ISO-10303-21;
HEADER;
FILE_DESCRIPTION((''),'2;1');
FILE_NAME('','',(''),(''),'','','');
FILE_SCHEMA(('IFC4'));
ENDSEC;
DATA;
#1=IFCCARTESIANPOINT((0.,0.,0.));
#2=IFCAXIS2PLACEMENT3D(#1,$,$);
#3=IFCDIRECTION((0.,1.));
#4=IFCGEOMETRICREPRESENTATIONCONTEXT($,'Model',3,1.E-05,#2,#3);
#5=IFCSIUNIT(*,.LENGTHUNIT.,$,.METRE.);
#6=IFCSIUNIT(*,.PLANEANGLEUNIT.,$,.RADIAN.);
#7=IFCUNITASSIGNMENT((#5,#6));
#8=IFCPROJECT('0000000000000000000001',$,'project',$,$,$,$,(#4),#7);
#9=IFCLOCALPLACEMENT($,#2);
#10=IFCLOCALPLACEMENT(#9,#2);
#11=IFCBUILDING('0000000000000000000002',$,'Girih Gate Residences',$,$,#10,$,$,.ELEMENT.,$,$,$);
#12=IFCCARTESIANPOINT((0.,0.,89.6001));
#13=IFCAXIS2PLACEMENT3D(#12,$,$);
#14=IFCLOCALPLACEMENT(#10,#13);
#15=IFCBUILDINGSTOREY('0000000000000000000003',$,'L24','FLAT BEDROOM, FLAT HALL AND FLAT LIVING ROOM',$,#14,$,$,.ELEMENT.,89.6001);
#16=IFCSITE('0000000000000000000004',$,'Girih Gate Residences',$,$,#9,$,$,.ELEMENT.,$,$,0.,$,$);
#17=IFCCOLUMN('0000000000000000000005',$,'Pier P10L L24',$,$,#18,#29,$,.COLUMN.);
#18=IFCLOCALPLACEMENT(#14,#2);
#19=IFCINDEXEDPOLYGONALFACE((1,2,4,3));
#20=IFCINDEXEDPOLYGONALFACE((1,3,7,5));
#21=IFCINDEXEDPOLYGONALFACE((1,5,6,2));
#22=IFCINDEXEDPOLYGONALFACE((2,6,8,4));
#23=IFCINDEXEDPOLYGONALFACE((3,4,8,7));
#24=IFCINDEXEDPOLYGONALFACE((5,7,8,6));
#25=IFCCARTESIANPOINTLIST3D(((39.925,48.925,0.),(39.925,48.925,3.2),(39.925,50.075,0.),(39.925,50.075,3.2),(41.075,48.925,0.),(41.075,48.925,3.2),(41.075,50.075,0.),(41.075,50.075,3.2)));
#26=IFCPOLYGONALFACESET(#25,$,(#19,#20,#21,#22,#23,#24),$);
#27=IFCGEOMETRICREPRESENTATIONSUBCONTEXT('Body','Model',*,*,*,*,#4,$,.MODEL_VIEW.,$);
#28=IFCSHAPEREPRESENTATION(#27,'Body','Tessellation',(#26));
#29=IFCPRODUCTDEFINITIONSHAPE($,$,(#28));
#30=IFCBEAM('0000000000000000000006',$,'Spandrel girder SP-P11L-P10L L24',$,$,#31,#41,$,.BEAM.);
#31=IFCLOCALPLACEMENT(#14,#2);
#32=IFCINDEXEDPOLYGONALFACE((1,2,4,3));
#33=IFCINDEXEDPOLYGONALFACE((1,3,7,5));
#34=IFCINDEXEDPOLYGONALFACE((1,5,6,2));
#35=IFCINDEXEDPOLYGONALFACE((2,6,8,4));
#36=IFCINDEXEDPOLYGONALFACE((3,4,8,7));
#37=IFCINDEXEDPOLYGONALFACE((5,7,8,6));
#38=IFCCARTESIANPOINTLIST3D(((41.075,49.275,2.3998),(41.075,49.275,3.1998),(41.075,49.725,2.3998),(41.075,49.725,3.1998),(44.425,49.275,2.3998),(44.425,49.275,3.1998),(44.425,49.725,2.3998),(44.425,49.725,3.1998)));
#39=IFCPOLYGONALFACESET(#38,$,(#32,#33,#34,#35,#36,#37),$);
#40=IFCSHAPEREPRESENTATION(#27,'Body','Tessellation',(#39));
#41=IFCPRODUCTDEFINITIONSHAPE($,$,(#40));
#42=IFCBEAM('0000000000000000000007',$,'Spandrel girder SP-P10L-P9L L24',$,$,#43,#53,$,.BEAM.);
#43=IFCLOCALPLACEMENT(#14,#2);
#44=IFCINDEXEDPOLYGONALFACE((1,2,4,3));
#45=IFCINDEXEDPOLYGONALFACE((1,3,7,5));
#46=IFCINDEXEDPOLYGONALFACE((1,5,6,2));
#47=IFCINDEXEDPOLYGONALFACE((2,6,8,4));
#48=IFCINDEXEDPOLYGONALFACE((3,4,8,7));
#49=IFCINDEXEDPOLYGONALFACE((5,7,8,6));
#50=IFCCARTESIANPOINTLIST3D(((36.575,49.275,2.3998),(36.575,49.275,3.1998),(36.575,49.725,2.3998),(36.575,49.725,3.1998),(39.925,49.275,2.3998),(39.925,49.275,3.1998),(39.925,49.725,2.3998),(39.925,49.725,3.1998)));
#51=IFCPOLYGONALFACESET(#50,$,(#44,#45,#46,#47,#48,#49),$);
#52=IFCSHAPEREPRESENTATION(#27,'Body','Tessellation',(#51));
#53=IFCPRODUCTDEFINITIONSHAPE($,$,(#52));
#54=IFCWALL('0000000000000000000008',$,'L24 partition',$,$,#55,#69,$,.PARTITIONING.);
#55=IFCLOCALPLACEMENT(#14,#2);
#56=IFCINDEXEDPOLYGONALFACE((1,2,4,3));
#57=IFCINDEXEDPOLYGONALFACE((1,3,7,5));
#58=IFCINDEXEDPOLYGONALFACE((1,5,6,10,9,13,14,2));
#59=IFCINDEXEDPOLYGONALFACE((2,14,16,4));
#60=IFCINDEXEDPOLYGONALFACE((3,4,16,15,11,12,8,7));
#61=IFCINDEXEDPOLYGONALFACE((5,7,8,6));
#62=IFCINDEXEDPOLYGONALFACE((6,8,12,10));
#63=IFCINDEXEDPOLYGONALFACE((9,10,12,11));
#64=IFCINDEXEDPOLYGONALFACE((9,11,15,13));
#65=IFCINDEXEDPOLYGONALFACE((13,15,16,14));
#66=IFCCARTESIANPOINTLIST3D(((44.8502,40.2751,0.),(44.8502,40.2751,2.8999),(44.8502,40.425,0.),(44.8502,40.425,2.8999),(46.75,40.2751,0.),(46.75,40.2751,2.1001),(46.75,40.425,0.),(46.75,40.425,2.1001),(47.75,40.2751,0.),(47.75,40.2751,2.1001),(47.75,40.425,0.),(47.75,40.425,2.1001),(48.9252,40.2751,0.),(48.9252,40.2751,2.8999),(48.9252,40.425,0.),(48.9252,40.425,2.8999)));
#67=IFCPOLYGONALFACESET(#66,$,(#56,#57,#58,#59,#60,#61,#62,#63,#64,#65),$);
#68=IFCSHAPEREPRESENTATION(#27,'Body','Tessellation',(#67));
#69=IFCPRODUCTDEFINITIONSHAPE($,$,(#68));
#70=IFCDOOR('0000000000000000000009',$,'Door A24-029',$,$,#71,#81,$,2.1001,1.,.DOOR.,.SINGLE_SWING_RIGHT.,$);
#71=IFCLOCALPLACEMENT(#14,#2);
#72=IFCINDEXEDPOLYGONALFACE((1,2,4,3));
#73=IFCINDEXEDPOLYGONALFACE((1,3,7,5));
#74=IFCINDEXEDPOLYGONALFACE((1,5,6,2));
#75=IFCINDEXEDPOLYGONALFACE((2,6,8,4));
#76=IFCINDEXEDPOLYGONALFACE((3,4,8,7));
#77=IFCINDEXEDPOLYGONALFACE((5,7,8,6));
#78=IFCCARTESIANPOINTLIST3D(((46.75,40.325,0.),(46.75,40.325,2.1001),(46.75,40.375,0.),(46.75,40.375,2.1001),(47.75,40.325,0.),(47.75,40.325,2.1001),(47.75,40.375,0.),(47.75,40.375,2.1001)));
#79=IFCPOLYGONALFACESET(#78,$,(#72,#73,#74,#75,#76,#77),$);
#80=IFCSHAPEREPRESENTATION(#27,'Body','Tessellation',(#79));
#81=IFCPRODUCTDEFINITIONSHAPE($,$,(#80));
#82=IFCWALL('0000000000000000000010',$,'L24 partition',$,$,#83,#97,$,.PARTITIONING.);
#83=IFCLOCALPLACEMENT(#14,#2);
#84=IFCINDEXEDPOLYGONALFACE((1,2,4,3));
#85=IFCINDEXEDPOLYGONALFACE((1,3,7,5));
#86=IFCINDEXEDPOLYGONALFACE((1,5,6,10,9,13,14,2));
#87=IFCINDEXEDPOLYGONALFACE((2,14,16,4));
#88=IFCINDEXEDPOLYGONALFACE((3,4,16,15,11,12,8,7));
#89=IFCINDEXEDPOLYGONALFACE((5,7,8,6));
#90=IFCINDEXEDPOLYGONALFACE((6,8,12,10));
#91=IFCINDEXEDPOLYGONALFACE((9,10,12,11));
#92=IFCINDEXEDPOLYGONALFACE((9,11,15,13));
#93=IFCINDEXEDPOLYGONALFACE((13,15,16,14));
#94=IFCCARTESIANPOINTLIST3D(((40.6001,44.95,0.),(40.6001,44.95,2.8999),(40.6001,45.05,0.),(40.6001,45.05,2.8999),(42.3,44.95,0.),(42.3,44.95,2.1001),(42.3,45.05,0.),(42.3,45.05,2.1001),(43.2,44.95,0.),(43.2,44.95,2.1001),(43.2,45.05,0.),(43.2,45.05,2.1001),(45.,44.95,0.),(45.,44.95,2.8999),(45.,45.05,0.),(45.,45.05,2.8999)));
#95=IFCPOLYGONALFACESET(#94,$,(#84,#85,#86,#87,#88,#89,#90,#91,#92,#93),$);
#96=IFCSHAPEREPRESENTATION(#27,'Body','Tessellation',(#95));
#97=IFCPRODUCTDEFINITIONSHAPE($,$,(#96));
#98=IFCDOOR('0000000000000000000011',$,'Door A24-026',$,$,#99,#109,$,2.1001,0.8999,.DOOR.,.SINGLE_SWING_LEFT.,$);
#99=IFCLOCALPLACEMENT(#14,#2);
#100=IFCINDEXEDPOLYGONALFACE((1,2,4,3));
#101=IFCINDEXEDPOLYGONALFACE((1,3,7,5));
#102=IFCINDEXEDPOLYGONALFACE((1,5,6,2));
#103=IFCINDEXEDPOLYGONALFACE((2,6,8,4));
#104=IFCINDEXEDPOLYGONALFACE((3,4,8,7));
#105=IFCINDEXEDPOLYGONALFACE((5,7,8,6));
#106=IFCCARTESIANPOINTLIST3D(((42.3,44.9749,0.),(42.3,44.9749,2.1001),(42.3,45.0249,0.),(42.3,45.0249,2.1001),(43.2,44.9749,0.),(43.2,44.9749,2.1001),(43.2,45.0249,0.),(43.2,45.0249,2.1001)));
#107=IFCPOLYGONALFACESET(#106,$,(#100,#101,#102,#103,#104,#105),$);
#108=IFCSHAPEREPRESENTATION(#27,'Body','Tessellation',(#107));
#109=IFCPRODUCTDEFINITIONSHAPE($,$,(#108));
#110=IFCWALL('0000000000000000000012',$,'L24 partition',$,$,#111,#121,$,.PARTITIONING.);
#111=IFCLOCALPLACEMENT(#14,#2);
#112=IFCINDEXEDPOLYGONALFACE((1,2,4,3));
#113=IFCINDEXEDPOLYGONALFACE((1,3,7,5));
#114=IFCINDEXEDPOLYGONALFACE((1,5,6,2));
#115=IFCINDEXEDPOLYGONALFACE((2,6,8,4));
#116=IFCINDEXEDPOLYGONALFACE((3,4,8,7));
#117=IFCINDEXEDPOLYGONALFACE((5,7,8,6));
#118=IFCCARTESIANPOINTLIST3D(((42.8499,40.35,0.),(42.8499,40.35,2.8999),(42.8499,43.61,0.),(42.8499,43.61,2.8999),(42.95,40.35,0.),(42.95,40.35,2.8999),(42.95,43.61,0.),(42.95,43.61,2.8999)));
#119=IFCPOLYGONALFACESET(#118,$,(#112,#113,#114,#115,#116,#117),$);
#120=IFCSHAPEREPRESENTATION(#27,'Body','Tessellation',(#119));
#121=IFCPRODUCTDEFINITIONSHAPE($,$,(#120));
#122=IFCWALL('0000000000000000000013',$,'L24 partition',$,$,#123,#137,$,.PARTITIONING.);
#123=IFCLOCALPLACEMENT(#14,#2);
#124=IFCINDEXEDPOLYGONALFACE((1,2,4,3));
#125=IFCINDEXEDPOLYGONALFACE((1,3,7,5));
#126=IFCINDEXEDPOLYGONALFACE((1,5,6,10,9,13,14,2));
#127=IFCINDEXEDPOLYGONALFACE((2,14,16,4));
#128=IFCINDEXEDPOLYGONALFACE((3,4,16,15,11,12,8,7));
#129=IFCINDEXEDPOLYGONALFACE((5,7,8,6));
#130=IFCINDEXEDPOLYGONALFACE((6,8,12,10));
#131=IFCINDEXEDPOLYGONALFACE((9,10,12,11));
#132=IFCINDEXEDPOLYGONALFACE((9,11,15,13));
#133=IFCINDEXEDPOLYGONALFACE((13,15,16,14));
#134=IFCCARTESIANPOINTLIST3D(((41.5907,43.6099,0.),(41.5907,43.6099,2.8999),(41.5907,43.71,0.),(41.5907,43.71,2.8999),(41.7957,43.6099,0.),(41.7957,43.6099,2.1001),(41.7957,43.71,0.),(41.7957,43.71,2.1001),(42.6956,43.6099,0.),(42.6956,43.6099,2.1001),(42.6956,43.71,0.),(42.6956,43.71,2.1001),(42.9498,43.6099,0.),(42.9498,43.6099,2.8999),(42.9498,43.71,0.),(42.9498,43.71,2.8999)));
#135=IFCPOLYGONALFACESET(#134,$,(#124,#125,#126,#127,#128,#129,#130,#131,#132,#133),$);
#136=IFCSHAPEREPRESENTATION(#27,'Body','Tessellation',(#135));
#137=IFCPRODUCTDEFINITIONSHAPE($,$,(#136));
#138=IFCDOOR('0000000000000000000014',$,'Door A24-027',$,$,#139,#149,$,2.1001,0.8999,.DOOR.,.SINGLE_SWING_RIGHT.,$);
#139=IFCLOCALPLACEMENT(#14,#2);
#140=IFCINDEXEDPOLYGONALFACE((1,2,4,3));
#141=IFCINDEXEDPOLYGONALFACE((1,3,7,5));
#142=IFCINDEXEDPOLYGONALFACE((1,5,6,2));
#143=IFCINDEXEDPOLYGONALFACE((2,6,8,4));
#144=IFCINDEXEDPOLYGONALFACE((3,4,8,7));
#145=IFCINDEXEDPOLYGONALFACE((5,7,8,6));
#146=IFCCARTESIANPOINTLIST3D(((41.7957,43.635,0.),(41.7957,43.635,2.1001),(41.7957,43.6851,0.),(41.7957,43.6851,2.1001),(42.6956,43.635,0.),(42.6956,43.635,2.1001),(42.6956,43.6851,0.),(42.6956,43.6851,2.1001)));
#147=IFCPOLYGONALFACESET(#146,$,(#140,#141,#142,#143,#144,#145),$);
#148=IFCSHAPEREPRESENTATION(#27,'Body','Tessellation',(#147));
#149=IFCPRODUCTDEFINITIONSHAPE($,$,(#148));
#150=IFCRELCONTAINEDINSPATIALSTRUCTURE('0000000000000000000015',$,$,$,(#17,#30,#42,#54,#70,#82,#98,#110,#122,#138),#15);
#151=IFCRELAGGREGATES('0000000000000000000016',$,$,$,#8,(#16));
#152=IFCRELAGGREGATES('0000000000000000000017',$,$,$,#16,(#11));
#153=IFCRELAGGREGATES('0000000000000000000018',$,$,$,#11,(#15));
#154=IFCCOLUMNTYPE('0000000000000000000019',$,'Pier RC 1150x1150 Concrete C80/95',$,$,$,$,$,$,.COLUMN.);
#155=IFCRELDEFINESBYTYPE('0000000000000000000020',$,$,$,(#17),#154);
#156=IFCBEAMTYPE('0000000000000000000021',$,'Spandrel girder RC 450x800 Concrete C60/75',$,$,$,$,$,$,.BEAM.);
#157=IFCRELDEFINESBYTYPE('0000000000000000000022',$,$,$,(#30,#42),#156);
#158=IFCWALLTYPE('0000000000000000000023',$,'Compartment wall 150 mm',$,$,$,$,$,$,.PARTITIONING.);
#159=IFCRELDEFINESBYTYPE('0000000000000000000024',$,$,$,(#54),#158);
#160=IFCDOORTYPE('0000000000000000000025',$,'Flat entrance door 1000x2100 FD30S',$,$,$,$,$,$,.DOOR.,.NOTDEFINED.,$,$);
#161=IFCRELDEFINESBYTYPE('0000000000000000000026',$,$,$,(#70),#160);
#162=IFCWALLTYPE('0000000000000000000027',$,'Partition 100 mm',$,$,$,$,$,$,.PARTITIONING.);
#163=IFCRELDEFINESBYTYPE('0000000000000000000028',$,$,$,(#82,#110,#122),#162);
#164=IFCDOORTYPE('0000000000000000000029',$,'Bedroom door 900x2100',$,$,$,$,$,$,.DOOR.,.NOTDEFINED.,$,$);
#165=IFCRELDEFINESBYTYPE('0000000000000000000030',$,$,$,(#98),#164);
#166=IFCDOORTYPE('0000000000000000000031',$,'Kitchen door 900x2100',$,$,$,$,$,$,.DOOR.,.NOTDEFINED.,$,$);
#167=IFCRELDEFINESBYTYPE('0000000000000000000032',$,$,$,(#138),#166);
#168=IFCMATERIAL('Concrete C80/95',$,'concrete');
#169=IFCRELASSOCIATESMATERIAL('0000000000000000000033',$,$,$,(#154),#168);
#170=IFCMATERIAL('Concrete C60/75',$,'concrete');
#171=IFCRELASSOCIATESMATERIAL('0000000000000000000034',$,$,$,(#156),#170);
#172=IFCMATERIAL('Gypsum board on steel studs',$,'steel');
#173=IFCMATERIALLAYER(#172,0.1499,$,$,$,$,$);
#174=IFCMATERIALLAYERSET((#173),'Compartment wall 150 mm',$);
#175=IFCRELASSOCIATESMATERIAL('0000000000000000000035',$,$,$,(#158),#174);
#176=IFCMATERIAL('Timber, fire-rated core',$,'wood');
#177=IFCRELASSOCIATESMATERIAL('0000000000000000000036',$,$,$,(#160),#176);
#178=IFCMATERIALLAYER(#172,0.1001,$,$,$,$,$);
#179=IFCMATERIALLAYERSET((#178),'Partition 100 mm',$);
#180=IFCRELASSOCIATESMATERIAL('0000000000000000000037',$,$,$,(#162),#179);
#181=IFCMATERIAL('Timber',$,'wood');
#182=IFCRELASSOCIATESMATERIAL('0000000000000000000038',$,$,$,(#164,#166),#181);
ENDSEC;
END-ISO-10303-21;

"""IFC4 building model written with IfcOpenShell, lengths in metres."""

from ifc_helpers import new_model, si_unit, direction, frame, frame_2d, origin, origin_2d, place, context, subcontext, project, spatial, rectangle, extrude, material, layer, layer_set, material_profile, profile_set, type_object, element, fill, save


model = new_model("IFC4")

# Units and contexts
model_context = context("Model", 3, precision=1e-05, world=origin(), true_north=direction((0.0, 1.0)))
body_context = subcontext(model_context, "Body", "Model", "MODEL_VIEW")
ifc_project = project(units=[si_unit("LENGTHUNIT", "METRE"), si_unit("PLANEANGLEUNIT", "RADIAN")], contexts=[model_context])

# Site, building, storey
site_placement = place(None, origin())
site = spatial("IfcSite", under=ifc_project, at=site_placement, Name="Girih Gate Residences", CompositionType="ELEMENT", RefElevation=0.0)
building_placement = place(site_placement, origin())
building = spatial("IfcBuilding", under=site, at=building_placement, Name="Girih Gate Residences", CompositionType="ELEMENT")
storey_placement = place(building_placement, frame((0.0, 0.0, 89.6001)))
storey = spatial("IfcBuildingStorey", under=building, at=storey_placement, Name="L24", Description="FLAT BEDROOM, FLAT HALL AND FLAT LIVING ROOM", CompositionType="ELEMENT", Elevation=89.6001)

# Column
ifc_material_1 = material(Name="Concrete C80/95", Category="concrete")
ifc_material_profile_1 = material_profile(ifc_material_1, rectangle(XDim=1.1499, YDim=1.1499, at=origin_2d()))
ifc_profile_set_1 = profile_set([ifc_material_profile_1], Name="Concrete C80/95")
column_type = type_object("IfcColumnType", Name="Pier RC 1150x1150 Concrete C80/95", PredefinedType="COLUMN", material=ifc_profile_set_1)
column_placement = place(storey_placement, frame((40.5, 49.5, 0.0), z_axis=(0.0, 0.0, 1.0), x_axis=(1.0, 0.0, 0.0)))
element("IfcColumn", 1, at=column_placement, inside=storey, type_object=column_type, Name="Pier P10L L24", PredefinedType="COLUMN", context=body_context, shape_type="SweptSolid", body=[
    extrude(rectangle(XDim=1.1499, YDim=1.1499, at=origin_2d()), origin(), (0.0, 0.0, 1.0), 3.2),
])

# Beams
ifc_material_2 = material(Name="Concrete C60/75", Category="concrete")
ifc_material_profile_2 = material_profile(ifc_material_2, rectangle(XDim=0.45, YDim=0.8, at=origin_2d()))
ifc_profile_set_2 = profile_set([ifc_material_profile_2], Name="Concrete C60/75")
beam_type = type_object("IfcBeamType", Name="Spandrel girder RC 450x800 Concrete C60/75", PredefinedType="BEAM", material=ifc_profile_set_2)
for number, where, z_axis, x_axis, name in (
    (2, (44.425, 49.5, 2.7998), (-1.0, 0.0, 0.0), (0.0, -1.0, 0.0), "Spandrel girder SP-P11L-P10L L24"),
    (3, (39.925, 49.5, 2.7998), (-1.0, 0.0, 0.0), (0.0, -1.0, 0.0), "Spandrel girder SP-P10L-P9L L24"),
):
    element("IfcBeam", number, at=place(storey_placement, frame(where, z_axis=z_axis, x_axis=x_axis)), inside=storey, type_object=beam_type, Name=name, PredefinedType="BEAM", context=body_context, shape_type="SweptSolid", body=[
        extrude(rectangle(XDim=0.45, YDim=0.8, at=origin_2d()), origin(), (0.0, 0.0, 1.0), 3.3501),
    ])

# Walls, openings, doors
ifc_material_3 = material(Name="Gypsum board on steel studs", Category="steel")
ifc_layer_1 = layer(ifc_material_3, 0.1499)
ifc_layer_set_1 = layer_set([ifc_layer_1], Name="Compartment wall 150 mm")
wall_type_1 = type_object("IfcWallType", Name="Compartment wall 150 mm", PredefinedType="PARTITIONING", material=ifc_layer_set_1)
wall_1_placement = place(storey_placement, frame((44.8501, 40.3501, 0.0), z_axis=(0.0, 0.0, 1.0), x_axis=(1.0, 0.0, 0.0)))
wall_1 = element("IfcWall", 4, at=wall_1_placement, inside=storey, type_object=wall_type_1, Name="L24 partition", PredefinedType="PARTITIONING", context=body_context, shape_type="SweptSolid", body=[
    extrude(rectangle(XDim=4.075, YDim=0.1499, at=frame_2d((2.0376, 0.0))), origin(), (0.0, 0.0, 1.0), 2.8999),
])
opening_1_placement = place(wall_1_placement, frame((1.8999, 0.0, 0.0)))
opening_1 = element("IfcOpeningElement", 5, at=opening_1_placement, cuts=wall_1, PredefinedType="OPENING", context=body_context, shape_type="SweptSolid", body=[
    extrude(rectangle(XDim=1.0, YDim=2.1001, at=frame_2d((0.5, 1.05))), frame((0.0, 0.085, 0.0), z_axis=(0.0, -1.0, 0.0), x_axis=(1.0, 0.0, 0.0)), (0.0, 0.0, 1.0), 0.1699),
])
ifc_material_4 = material(Name="Timber, fire-rated core", Category="wood")
door_type_1 = type_object("IfcDoorType", Name="Flat entrance door 1000x2100 FD30S", OperationType="NOTDEFINED", PredefinedType="DOOR", material=ifc_material_4)
door_1_placement = place(opening_1_placement, origin())
door_1 = element("IfcDoor", 6, at=door_1_placement, inside=storey, type_object=door_type_1, Name="Door A24-029", OperationType="SINGLE_SWING_RIGHT", OverallHeight=2.1001, OverallWidth=1.0, PredefinedType="DOOR", context=body_context, shape_type="SweptSolid", body=[
    extrude(rectangle(XDim=1.0, YDim=2.1001, at=frame_2d((0.5, 1.05))), frame((0.0, 0.0249, 0.0), z_axis=(0.0, -1.0, 0.0), x_axis=(1.0, 0.0, 0.0)), (0.0, 0.0, 1.0), 0.05),
])
fill(opening_1, door_1)
ifc_layer_2 = layer(ifc_material_3, 0.1001)
ifc_layer_set_2 = layer_set([ifc_layer_2], Name="Partition 100 mm")
wall_type_2 = type_object("IfcWallType", Name="Partition 100 mm", PredefinedType="PARTITIONING", material=ifc_layer_set_2)
wall_2_placement = place(storey_placement, frame((40.6001, 45.0, 0.0), z_axis=(0.0, 0.0, 1.0), x_axis=(1.0, 0.0, 0.0)))
wall_2 = element("IfcWall", 7, at=wall_2_placement, inside=storey, type_object=wall_type_2, Name="L24 partition", PredefinedType="PARTITIONING", context=body_context, shape_type="SweptSolid", body=[
    extrude(rectangle(XDim=4.3999, YDim=0.1001, at=frame_2d((2.2, 0.0))), origin(), (0.0, 0.0, 1.0), 2.8999),
])
opening_2_placement = place(wall_2_placement, frame((1.7, 0.0, 0.0)))
opening_2 = element("IfcOpeningElement", 8, at=opening_2_placement, cuts=wall_2, PredefinedType="OPENING", context=body_context, shape_type="SweptSolid", body=[
    extrude(rectangle(XDim=0.8999, YDim=2.1001, at=frame_2d((0.45, 1.05))), frame((0.0, 0.0601, 0.0), z_axis=(0.0, -1.0, 0.0), x_axis=(1.0, 0.0, 0.0)), (0.0, 0.0, 1.0), 0.1201),
])
ifc_material_5 = material(Name="Timber", Category="wood")
door_type_2 = type_object("IfcDoorType", Name="Bedroom door 900x2100", OperationType="NOTDEFINED", PredefinedType="DOOR", material=ifc_material_5)
door_2_placement = place(opening_2_placement, origin())
door_2 = element("IfcDoor", 9, at=door_2_placement, inside=storey, type_object=door_type_2, Name="Door A24-026", OperationType="SINGLE_SWING_LEFT", OverallHeight=2.1001, OverallWidth=0.8999, PredefinedType="DOOR", context=body_context, shape_type="SweptSolid", body=[
    extrude(rectangle(XDim=0.8999, YDim=2.1001, at=frame_2d((0.45, 1.05))), frame((0.0, 0.0249, 0.0), z_axis=(0.0, -1.0, 0.0), x_axis=(1.0, 0.0, 0.0)), (0.0, 0.0, 1.0), 0.05),
])
fill(opening_2, door_2)

# Wall
wall_3_placement = place(storey_placement, frame((42.8999, 40.3501, 0.0), z_axis=(0.0, 0.0, 1.0), x_axis=(0.0, 1.0, 0.0)))
element("IfcWall", 10, at=wall_3_placement, inside=storey, type_object=wall_type_2, Name="L24 partition", PredefinedType="PARTITIONING", context=body_context, shape_type="SweptSolid", body=[
    extrude(rectangle(XDim=3.26, YDim=0.1001, at=frame_2d((1.6299, 0.0))), origin(), (0.0, 0.0, 1.0), 2.8999),
])

# Wall, opening, door
wall_4_placement = place(storey_placement, frame((42.95, 43.6599, 0.0), z_axis=(0.0, 0.0, 1.0), x_axis=(-1.0, 0.0, 0.0)))
wall_4 = element("IfcWall", 11, at=wall_4_placement, inside=storey, type_object=wall_type_2, Name="L24 partition", PredefinedType="PARTITIONING", context=body_context, shape_type="SweptSolid", body=[
    extrude(rectangle(XDim=1.3591, YDim=0.1001, at=frame_2d((0.6797, 0.0))), origin(), (0.0, 0.0, 1.0), 2.8999),
])
opening_3_placement = place(wall_4_placement, frame((0.2544, 0.0, 0.0)))
opening_3 = element("IfcOpeningElement", 12, at=opening_3_placement, cuts=wall_4, PredefinedType="OPENING", context=body_context, shape_type="SweptSolid", body=[
    extrude(rectangle(XDim=0.8999, YDim=2.1001, at=frame_2d((0.45, 1.05))), frame((0.0, 0.0601, 0.0), z_axis=(0.0, -1.0, 0.0), x_axis=(1.0, 0.0, 0.0)), (0.0, 0.0, 1.0), 0.1201),
])
door_type_3 = type_object("IfcDoorType", Name="Kitchen door 900x2100", OperationType="NOTDEFINED", PredefinedType="DOOR", material=ifc_material_5)
door_3_placement = place(opening_3_placement, origin())
door_3 = element("IfcDoor", 13, at=door_3_placement, inside=storey, type_object=door_type_3, Name="Door A24-027", OperationType="SINGLE_SWING_RIGHT", OverallHeight=2.1001, OverallWidth=0.8999, PredefinedType="DOOR", context=body_context, shape_type="SweptSolid", body=[
    extrude(rectangle(XDim=0.8999, YDim=2.1001, at=frame_2d((0.45, 1.05))), frame((0.0, 0.0249, 0.0), z_axis=(0.0, -1.0, 0.0), x_axis=(1.0, 0.0, 0.0)), (0.0, 0.0, 1.0), 0.05),
])
fill(opening_3, door_3)

save(model, "model.ifc")
